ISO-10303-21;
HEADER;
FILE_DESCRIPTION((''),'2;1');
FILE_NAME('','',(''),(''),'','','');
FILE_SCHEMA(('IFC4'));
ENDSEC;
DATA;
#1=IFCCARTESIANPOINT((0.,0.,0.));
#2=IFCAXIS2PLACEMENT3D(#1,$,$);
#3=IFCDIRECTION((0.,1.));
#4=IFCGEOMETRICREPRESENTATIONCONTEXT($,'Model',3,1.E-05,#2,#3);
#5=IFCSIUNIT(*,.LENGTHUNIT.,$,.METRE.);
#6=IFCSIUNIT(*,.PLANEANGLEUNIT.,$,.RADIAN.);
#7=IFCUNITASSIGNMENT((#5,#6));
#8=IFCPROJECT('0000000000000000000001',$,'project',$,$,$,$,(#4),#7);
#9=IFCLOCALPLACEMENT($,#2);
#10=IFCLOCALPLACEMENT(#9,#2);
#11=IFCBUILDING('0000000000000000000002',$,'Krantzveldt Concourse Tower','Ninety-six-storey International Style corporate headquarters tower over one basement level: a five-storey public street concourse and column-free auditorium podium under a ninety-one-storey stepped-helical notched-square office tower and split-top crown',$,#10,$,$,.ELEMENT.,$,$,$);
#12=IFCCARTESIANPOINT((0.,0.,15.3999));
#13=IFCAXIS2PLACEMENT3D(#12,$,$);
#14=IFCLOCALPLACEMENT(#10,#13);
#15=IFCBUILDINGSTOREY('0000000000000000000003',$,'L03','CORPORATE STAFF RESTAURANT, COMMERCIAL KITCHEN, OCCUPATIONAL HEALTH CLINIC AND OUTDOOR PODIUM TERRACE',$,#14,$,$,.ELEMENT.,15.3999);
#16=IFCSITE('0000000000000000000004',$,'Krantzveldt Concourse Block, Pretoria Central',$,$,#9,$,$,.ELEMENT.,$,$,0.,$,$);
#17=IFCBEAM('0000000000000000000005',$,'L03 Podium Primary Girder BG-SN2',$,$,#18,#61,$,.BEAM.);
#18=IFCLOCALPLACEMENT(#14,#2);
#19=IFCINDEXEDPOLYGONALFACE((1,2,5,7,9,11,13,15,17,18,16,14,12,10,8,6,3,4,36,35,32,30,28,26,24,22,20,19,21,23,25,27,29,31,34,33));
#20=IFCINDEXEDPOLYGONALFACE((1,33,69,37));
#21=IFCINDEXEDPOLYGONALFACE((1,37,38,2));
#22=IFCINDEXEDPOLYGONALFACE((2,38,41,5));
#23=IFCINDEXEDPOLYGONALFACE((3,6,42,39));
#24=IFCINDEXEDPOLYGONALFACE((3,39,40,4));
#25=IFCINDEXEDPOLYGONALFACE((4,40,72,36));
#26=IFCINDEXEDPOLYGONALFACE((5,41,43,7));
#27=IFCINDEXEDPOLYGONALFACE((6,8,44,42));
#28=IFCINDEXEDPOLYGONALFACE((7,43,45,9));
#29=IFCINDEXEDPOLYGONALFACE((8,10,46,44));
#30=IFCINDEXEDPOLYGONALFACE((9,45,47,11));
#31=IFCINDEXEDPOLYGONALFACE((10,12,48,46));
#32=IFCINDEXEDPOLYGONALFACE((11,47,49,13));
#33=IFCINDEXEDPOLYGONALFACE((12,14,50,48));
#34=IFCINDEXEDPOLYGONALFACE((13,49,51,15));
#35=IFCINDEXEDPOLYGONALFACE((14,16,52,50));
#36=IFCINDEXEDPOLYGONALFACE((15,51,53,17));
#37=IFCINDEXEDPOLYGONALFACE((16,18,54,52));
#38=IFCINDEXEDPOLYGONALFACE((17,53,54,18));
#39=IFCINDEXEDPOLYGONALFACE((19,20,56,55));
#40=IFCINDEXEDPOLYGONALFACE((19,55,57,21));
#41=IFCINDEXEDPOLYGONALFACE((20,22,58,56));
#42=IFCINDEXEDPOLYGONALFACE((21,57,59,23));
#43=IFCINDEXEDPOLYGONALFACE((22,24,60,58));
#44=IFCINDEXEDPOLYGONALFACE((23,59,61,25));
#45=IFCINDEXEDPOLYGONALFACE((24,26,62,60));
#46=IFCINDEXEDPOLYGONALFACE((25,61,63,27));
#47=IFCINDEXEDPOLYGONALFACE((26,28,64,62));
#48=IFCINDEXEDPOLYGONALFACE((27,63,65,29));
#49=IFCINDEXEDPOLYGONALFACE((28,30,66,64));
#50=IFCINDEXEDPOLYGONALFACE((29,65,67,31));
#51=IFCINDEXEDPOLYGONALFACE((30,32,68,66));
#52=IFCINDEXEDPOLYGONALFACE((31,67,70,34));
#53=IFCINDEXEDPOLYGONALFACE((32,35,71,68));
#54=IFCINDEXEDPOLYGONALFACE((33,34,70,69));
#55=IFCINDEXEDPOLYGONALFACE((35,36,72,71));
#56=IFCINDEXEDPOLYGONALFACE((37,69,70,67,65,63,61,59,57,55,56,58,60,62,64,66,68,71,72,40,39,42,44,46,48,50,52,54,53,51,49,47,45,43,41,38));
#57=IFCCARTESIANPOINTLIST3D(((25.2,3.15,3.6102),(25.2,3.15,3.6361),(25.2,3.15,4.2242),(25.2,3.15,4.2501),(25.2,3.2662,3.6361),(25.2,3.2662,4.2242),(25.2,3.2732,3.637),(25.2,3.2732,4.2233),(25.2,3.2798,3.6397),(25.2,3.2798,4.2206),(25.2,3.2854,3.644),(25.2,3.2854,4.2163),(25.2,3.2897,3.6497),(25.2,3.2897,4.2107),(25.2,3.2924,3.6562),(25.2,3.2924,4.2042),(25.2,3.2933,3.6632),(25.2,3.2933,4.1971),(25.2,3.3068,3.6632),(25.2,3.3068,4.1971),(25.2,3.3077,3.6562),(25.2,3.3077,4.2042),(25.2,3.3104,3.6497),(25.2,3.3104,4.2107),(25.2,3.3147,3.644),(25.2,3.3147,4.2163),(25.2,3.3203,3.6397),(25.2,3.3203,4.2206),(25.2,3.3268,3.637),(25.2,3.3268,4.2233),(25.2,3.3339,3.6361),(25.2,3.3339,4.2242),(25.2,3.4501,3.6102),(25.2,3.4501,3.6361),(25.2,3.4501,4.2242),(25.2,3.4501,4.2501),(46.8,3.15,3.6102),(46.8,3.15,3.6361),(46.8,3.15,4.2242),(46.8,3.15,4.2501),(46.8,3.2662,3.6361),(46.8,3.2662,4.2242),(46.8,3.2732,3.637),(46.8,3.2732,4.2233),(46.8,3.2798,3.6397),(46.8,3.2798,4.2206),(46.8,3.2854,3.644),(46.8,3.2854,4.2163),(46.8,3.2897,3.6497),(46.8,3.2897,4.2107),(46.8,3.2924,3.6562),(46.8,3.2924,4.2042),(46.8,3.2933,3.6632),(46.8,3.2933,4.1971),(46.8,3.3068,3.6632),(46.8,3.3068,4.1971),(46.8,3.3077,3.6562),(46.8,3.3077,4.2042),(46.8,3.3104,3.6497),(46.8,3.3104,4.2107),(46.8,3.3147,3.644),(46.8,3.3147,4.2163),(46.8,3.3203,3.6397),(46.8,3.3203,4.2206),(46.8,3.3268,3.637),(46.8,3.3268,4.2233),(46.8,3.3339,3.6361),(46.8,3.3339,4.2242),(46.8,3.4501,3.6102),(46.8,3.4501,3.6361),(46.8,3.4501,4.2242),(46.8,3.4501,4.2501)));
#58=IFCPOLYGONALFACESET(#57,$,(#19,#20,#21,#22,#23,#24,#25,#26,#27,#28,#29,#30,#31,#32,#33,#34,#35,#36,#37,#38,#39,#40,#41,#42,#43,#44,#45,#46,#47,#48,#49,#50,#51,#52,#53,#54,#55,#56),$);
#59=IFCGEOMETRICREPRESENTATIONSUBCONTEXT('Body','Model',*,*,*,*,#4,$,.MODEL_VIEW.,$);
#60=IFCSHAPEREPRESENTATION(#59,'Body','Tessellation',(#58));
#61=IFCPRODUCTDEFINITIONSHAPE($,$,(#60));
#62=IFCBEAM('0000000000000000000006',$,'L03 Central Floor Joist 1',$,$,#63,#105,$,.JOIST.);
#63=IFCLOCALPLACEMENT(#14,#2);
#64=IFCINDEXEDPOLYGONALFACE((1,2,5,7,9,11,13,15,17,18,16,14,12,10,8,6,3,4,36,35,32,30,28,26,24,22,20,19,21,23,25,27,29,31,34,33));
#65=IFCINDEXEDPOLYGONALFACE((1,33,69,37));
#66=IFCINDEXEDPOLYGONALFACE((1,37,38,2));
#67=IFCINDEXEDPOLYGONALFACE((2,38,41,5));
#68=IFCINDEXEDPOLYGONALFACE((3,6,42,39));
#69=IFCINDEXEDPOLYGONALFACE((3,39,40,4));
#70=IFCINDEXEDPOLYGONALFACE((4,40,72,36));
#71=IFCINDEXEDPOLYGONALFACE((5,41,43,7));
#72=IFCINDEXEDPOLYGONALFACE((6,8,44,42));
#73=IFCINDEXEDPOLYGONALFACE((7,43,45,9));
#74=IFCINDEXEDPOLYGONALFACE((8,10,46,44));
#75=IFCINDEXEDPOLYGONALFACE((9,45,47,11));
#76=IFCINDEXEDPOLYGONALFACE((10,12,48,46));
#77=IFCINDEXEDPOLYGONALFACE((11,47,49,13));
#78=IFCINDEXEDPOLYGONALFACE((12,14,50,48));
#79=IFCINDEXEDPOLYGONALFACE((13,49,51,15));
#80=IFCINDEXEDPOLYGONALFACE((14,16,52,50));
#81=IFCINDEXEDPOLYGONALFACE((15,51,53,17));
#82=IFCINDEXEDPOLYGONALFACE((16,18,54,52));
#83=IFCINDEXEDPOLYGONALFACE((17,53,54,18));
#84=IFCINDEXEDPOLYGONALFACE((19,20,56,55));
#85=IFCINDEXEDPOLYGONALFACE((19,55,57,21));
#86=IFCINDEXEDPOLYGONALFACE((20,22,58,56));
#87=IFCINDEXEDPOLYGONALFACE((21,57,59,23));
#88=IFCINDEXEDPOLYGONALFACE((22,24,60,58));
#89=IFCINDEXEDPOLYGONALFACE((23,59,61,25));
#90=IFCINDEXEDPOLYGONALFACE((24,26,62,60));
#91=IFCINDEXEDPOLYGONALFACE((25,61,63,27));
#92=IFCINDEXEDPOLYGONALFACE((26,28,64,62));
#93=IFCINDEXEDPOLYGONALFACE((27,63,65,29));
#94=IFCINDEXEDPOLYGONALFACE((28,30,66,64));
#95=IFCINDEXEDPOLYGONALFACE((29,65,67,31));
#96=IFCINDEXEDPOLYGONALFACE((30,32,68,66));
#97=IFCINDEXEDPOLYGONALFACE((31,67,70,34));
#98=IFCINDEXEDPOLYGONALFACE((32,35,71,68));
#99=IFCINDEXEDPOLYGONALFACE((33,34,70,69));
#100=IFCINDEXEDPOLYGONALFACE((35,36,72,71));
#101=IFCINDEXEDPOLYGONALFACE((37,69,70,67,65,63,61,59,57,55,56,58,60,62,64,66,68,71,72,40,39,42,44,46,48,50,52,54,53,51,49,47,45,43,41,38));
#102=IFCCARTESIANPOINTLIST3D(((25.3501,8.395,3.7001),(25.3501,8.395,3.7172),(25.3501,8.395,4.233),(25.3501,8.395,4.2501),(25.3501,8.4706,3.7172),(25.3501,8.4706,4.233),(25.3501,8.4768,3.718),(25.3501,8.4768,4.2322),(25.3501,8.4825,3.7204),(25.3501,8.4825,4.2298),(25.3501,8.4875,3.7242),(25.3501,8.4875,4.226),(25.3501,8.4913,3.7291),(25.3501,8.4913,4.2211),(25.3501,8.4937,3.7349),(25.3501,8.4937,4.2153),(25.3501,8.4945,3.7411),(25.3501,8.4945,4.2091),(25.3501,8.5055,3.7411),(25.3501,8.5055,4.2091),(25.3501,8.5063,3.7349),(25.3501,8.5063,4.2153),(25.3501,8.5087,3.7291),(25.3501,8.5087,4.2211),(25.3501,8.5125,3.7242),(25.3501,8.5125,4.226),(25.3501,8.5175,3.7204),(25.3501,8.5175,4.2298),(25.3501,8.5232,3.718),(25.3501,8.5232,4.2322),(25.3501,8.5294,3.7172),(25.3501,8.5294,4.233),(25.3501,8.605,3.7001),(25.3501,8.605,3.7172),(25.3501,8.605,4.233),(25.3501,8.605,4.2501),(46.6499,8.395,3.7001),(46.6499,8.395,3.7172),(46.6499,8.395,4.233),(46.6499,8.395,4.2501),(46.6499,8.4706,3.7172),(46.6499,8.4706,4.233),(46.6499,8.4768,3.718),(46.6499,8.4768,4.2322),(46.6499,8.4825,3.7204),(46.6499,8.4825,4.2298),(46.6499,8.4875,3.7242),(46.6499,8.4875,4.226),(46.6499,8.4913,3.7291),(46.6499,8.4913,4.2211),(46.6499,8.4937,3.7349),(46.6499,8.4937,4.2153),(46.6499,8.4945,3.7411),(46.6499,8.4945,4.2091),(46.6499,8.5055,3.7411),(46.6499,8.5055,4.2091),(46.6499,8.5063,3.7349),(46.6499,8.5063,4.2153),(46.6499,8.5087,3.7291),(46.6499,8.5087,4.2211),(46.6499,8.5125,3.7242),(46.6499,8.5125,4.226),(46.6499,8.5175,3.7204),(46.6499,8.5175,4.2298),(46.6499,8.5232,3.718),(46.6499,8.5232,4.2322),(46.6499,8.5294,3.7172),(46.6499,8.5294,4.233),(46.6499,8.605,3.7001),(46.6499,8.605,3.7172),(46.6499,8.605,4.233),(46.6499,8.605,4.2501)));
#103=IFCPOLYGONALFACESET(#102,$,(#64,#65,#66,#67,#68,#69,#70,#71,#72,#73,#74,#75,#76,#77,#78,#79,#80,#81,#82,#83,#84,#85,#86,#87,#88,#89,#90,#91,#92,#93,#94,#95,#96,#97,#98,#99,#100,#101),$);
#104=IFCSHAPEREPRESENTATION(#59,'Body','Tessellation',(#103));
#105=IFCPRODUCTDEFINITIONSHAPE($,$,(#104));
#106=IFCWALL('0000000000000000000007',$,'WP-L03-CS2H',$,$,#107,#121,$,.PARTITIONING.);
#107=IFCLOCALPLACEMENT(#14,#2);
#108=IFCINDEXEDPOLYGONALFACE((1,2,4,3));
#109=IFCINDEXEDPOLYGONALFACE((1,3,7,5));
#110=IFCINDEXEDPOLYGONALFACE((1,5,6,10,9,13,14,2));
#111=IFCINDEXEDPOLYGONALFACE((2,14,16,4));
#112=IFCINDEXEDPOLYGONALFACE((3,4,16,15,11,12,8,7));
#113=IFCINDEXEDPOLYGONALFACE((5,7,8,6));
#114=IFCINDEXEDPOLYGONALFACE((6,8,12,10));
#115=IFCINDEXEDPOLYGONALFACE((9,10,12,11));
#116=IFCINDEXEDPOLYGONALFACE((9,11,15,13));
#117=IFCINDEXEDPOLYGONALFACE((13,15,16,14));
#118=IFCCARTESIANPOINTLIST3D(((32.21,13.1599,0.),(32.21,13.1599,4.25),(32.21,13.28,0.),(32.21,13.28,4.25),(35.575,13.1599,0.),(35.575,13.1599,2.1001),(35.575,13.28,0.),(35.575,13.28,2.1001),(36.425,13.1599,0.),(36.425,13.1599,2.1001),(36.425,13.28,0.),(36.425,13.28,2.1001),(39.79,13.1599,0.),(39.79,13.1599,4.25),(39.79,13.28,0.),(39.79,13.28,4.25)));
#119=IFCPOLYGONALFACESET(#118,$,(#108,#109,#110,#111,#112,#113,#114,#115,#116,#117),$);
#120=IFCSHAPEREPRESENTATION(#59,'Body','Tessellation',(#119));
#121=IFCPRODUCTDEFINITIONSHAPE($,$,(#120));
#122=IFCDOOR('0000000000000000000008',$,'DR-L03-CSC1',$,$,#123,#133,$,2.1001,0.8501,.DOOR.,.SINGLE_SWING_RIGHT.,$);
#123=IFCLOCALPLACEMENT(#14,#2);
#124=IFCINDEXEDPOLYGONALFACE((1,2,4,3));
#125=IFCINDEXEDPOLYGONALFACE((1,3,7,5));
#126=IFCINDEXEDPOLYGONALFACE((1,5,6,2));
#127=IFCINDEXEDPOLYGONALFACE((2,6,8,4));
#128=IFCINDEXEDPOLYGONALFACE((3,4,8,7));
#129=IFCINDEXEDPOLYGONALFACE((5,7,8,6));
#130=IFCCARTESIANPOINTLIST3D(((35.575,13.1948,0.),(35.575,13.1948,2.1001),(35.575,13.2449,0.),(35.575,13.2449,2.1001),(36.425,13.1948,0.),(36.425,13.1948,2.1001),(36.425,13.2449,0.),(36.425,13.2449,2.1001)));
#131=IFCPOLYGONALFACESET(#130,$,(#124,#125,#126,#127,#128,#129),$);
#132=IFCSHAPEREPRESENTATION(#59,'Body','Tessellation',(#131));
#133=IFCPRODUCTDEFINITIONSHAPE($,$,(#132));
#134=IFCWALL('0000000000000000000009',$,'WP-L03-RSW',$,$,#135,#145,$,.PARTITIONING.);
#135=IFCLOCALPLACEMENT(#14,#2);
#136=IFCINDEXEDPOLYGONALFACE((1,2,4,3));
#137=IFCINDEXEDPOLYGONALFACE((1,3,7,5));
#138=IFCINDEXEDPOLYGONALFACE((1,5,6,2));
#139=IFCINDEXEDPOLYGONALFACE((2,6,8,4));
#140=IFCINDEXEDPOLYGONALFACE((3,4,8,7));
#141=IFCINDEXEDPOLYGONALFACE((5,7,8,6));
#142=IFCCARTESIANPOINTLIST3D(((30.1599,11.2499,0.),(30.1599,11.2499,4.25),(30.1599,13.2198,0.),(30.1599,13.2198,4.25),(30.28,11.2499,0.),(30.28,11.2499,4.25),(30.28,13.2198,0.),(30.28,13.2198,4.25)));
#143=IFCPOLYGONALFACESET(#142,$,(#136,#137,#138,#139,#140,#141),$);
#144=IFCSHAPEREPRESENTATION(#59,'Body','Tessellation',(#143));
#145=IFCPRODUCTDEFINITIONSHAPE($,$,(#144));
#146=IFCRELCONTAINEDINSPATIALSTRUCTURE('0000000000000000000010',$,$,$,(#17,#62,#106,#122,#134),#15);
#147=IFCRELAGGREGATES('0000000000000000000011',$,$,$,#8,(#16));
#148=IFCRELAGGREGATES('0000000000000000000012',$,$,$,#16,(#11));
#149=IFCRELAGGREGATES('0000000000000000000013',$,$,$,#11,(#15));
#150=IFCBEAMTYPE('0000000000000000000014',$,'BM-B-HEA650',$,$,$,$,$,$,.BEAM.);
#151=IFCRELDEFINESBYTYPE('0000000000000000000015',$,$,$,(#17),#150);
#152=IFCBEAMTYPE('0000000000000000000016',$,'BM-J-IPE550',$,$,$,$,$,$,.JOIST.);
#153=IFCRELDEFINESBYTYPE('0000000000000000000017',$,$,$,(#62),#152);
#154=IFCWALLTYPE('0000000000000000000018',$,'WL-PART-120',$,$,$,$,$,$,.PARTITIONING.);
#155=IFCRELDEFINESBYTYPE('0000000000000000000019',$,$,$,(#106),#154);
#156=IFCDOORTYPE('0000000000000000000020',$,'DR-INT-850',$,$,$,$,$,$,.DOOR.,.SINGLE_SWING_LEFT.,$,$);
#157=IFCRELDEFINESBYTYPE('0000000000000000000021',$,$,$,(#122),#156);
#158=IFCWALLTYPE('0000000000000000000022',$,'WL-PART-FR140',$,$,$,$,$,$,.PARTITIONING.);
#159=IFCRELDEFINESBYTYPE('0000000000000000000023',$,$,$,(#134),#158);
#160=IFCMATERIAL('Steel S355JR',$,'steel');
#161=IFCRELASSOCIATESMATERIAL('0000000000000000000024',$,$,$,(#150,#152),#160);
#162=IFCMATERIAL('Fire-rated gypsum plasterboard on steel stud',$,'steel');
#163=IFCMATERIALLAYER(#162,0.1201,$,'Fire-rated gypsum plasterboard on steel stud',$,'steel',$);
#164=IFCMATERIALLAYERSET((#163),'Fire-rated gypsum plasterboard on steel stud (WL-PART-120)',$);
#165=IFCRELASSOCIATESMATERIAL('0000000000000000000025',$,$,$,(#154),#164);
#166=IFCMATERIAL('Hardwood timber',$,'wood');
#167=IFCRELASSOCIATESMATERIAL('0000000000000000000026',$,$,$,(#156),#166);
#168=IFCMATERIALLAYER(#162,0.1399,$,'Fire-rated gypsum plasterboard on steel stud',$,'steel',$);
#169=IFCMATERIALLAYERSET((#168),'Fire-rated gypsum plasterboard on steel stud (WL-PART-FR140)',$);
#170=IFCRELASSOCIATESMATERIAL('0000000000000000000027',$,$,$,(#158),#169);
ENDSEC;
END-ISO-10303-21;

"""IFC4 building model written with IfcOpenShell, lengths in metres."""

from ifc_helpers import new_model, si_unit, direction, frame, frame_2d, origin, origin_2d, place, context, subcontext, project, spatial, rectangle, i_section, extrude, source, transform, mapped, material, layer, layer_set, material_profile, profile_set, type_object, type_shapes, element, fill, save


model = new_model("IFC4")

# Units and contexts
model_context = context("Model", 3, precision=1e-05, world=origin(), true_north=direction((0.0, 1.0)))
body_context = subcontext(model_context, "Body", "Model", "MODEL_VIEW")
ifc_project = project(units=[si_unit("LENGTHUNIT", "METRE"), si_unit("PLANEANGLEUNIT", "RADIAN")], contexts=[model_context])

# Site, building, storey
site_placement = place(None, origin())
site = spatial("IfcSite", under=ifc_project, at=site_placement, Name="Krantzveldt Concourse Block, Pretoria Central", CompositionType="ELEMENT", RefElevation=0.0)
building_placement = place(site_placement, origin())
building = spatial("IfcBuilding", under=site, at=building_placement, Name="Krantzveldt Concourse Tower", Description="Ninety-six-storey International Style corporate headquarters tower over one basement level: a five-storey public street concourse and column-free auditorium podium under a ninety-one-storey stepped-helical notched-square office tower and split-top crown", CompositionType="ELEMENT")
storey_placement = place(building_placement, frame((0.0, 0.0, 15.3999)))
storey = spatial("IfcBuildingStorey", under=building, at=storey_placement, Name="L03", Description="CORPORATE STAFF RESTAURANT, COMMERCIAL KITCHEN, OCCUPATIONAL HEALTH CLINIC AND OUTDOOR PODIUM TERRACE", CompositionType="ELEMENT", Elevation=15.3999)

# Beams
ifc_material_1 = material(Name="Steel S355JR", Category="steel")
ifc_material_profile_1 = material_profile(ifc_material_1, i_section(OverallWidth=0.3, OverallDepth=0.6399, WebThickness=0.0134, FlangeThickness=0.0259, FilletRadius=0.0271, at=origin_2d()), Name="Steel S355JR", Category="steel")
ifc_profile_set_1 = profile_set([ifc_material_profile_1], Name="Steel S355JR - HEA 650")
beam_type_1 = type_object("IfcBeamType", Name="BM-B-HEA650", PredefinedType="BEAM", material=ifc_profile_set_1)
shared_shape_1 = source(origin(), body_context, "Body", "SweptSolid", [
    extrude(i_section(OverallWidth=0.3, OverallDepth=0.6399, WebThickness=0.0134, FlangeThickness=0.0259, FilletRadius=0.0271, at=origin_2d()), origin(), (0.0, 0.0, 1.0), 21.6001),
])
type_shapes(beam_type_1, [shared_shape_1])
beam_1_placement = place(storey_placement, frame((25.2, 3.3, 3.9302), z_axis=(1.0, 0.0, 0.0), x_axis=(0.0, 1.0, 0.0)))
element("IfcBeam", 1, at=beam_1_placement, inside=storey, type_object=beam_type_1, Name="L03 Podium Primary Girder BG-SN2", PredefinedType="BEAM", context=body_context, shape_type="MappedRepresentation", body=[
    mapped(shared_shape_1, transform((0.0, 0.0, 0.0), x_axis=(1.0, 0.0, 0.0), y_axis=(0.0, 1.0, 0.0), z_axis=(0.0, 0.0, 1.0), scale=1.0)),
])
ifc_material_profile_2 = material_profile(ifc_material_1, i_section(OverallWidth=0.21, OverallDepth=0.55, WebThickness=0.011, FlangeThickness=0.0171, FilletRadius=0.0239, at=origin_2d()), Name="Steel S355JR", Category="steel")
ifc_profile_set_2 = profile_set([ifc_material_profile_2], Name="Steel S355JR - IPE 550")
beam_type_2 = type_object("IfcBeamType", Name="BM-J-IPE550", PredefinedType="JOIST", material=ifc_profile_set_2)
shared_shape_2 = source(origin(), body_context, "Body", "SweptSolid", [
    extrude(i_section(OverallWidth=0.21, OverallDepth=0.55, WebThickness=0.011, FlangeThickness=0.0171, FilletRadius=0.0239, at=origin_2d()), origin(), (0.0, 0.0, 1.0), 21.2998),
])
type_shapes(beam_type_2, [shared_shape_2])
beam_2_placement = place(storey_placement, frame((25.3501, 8.5, 3.9751), z_axis=(1.0, 0.0, 0.0), x_axis=(0.0, 1.0, 0.0)))
element("IfcBeam", 2, at=beam_2_placement, inside=storey, type_object=beam_type_2, Name="L03 Central Floor Joist 1", PredefinedType="JOIST", context=body_context, shape_type="MappedRepresentation", body=[
    mapped(shared_shape_2, transform((0.0, 0.0, 0.0), x_axis=(1.0, 0.0, 0.0), y_axis=(0.0, 1.0, 0.0), z_axis=(0.0, 0.0, 1.0), scale=1.0)),
])

# Wall, opening, door
ifc_material_2 = material(Name="Fire-rated gypsum plasterboard on steel stud", Category="steel")
ifc_layer_1 = layer(ifc_material_2, 0.1201, Name="Fire-rated gypsum plasterboard on steel stud", Category="steel")
ifc_layer_set_1 = layer_set([ifc_layer_1], Name="Fire-rated gypsum plasterboard on steel stud (WL-PART-120)")
wall_type_1 = type_object("IfcWallType", Name="WL-PART-120", PredefinedType="PARTITIONING", material=ifc_layer_set_1)
wall_1_placement = place(storey_placement, frame((32.21, 13.22, 0.0), z_axis=(0.0, 0.0, 1.0), x_axis=(1.0, 0.0, 0.0)))
wall_1 = element("IfcWall", 3, at=wall_1_placement, inside=storey, type_object=wall_type_1, Name="WP-L03-CS2H", PredefinedType="PARTITIONING", context=body_context, shape_type="SweptSolid", body=[
    extrude(rectangle(XDim=7.5801, YDim=0.1201, at=frame_2d((3.79, 0.0))), origin(), (0.0, 0.0, 1.0), 4.25),
])
opening_1_placement = place(wall_1_placement, frame((3.365, 0.0, 0.0)))
opening_1 = element("IfcOpeningElement", 4, at=opening_1_placement, cuts=wall_1, PredefinedType="OPENING", context=body_context, shape_type="SweptSolid", body=[
    extrude(rectangle(XDim=0.8501, YDim=2.1001, at=frame_2d((0.425, 1.05))), frame((0.0, 0.0701, 0.0), z_axis=(0.0, -1.0, 0.0), x_axis=(1.0, 0.0, 0.0)), (0.0, 0.0, 1.0), 0.1401),
])
ifc_material_3 = material(Name="Hardwood timber", Category="wood")
door_type_1 = type_object("IfcDoorType", Name="DR-INT-850", OperationType="SINGLE_SWING_LEFT", PredefinedType="DOOR", material=ifc_material_3)
door_1_placement = place(opening_1_placement, origin())
door_1 = element("IfcDoor", 5, at=door_1_placement, inside=storey, type_object=door_type_1, Name="DR-L03-CSC1", OperationType="SINGLE_SWING_RIGHT", OverallHeight=2.1001, OverallWidth=0.8501, PredefinedType="DOOR", context=body_context, shape_type="SweptSolid", body=[
    extrude(rectangle(XDim=0.8501, YDim=2.1001, at=frame_2d((0.425, 1.05))), frame((0.0, 0.0249, 0.0), z_axis=(0.0, -1.0, 0.0), x_axis=(1.0, 0.0, 0.0)), (0.0, 0.0, 1.0), 0.05),
])
fill(opening_1, door_1)

# Wall
ifc_layer_2 = layer(ifc_material_2, 0.1399, Name="Fire-rated gypsum plasterboard on steel stud", Category="steel")
ifc_layer_set_2 = layer_set([ifc_layer_2], Name="Fire-rated gypsum plasterboard on steel stud (WL-PART-FR140)")
wall_type_2 = type_object("IfcWallType", Name="WL-PART-FR140", PredefinedType="PARTITIONING", material=ifc_layer_set_2)
wall_2_placement = place(storey_placement, frame((30.22, 11.25, 0.0), z_axis=(0.0, 0.0, 1.0), x_axis=(0.0, 1.0, 0.0)))
element("IfcWall", 6, at=wall_2_placement, inside=storey, type_object=wall_type_2, Name="WP-L03-RSW", PredefinedType="PARTITIONING", context=body_context, shape_type="SweptSolid", body=[
    extrude(rectangle(XDim=1.97, YDim=0.1201, at=frame_2d((0.9849, 0.0))), origin(), (0.0, 0.0, 1.0), 4.25),
])

save(model, "model.ifc")
